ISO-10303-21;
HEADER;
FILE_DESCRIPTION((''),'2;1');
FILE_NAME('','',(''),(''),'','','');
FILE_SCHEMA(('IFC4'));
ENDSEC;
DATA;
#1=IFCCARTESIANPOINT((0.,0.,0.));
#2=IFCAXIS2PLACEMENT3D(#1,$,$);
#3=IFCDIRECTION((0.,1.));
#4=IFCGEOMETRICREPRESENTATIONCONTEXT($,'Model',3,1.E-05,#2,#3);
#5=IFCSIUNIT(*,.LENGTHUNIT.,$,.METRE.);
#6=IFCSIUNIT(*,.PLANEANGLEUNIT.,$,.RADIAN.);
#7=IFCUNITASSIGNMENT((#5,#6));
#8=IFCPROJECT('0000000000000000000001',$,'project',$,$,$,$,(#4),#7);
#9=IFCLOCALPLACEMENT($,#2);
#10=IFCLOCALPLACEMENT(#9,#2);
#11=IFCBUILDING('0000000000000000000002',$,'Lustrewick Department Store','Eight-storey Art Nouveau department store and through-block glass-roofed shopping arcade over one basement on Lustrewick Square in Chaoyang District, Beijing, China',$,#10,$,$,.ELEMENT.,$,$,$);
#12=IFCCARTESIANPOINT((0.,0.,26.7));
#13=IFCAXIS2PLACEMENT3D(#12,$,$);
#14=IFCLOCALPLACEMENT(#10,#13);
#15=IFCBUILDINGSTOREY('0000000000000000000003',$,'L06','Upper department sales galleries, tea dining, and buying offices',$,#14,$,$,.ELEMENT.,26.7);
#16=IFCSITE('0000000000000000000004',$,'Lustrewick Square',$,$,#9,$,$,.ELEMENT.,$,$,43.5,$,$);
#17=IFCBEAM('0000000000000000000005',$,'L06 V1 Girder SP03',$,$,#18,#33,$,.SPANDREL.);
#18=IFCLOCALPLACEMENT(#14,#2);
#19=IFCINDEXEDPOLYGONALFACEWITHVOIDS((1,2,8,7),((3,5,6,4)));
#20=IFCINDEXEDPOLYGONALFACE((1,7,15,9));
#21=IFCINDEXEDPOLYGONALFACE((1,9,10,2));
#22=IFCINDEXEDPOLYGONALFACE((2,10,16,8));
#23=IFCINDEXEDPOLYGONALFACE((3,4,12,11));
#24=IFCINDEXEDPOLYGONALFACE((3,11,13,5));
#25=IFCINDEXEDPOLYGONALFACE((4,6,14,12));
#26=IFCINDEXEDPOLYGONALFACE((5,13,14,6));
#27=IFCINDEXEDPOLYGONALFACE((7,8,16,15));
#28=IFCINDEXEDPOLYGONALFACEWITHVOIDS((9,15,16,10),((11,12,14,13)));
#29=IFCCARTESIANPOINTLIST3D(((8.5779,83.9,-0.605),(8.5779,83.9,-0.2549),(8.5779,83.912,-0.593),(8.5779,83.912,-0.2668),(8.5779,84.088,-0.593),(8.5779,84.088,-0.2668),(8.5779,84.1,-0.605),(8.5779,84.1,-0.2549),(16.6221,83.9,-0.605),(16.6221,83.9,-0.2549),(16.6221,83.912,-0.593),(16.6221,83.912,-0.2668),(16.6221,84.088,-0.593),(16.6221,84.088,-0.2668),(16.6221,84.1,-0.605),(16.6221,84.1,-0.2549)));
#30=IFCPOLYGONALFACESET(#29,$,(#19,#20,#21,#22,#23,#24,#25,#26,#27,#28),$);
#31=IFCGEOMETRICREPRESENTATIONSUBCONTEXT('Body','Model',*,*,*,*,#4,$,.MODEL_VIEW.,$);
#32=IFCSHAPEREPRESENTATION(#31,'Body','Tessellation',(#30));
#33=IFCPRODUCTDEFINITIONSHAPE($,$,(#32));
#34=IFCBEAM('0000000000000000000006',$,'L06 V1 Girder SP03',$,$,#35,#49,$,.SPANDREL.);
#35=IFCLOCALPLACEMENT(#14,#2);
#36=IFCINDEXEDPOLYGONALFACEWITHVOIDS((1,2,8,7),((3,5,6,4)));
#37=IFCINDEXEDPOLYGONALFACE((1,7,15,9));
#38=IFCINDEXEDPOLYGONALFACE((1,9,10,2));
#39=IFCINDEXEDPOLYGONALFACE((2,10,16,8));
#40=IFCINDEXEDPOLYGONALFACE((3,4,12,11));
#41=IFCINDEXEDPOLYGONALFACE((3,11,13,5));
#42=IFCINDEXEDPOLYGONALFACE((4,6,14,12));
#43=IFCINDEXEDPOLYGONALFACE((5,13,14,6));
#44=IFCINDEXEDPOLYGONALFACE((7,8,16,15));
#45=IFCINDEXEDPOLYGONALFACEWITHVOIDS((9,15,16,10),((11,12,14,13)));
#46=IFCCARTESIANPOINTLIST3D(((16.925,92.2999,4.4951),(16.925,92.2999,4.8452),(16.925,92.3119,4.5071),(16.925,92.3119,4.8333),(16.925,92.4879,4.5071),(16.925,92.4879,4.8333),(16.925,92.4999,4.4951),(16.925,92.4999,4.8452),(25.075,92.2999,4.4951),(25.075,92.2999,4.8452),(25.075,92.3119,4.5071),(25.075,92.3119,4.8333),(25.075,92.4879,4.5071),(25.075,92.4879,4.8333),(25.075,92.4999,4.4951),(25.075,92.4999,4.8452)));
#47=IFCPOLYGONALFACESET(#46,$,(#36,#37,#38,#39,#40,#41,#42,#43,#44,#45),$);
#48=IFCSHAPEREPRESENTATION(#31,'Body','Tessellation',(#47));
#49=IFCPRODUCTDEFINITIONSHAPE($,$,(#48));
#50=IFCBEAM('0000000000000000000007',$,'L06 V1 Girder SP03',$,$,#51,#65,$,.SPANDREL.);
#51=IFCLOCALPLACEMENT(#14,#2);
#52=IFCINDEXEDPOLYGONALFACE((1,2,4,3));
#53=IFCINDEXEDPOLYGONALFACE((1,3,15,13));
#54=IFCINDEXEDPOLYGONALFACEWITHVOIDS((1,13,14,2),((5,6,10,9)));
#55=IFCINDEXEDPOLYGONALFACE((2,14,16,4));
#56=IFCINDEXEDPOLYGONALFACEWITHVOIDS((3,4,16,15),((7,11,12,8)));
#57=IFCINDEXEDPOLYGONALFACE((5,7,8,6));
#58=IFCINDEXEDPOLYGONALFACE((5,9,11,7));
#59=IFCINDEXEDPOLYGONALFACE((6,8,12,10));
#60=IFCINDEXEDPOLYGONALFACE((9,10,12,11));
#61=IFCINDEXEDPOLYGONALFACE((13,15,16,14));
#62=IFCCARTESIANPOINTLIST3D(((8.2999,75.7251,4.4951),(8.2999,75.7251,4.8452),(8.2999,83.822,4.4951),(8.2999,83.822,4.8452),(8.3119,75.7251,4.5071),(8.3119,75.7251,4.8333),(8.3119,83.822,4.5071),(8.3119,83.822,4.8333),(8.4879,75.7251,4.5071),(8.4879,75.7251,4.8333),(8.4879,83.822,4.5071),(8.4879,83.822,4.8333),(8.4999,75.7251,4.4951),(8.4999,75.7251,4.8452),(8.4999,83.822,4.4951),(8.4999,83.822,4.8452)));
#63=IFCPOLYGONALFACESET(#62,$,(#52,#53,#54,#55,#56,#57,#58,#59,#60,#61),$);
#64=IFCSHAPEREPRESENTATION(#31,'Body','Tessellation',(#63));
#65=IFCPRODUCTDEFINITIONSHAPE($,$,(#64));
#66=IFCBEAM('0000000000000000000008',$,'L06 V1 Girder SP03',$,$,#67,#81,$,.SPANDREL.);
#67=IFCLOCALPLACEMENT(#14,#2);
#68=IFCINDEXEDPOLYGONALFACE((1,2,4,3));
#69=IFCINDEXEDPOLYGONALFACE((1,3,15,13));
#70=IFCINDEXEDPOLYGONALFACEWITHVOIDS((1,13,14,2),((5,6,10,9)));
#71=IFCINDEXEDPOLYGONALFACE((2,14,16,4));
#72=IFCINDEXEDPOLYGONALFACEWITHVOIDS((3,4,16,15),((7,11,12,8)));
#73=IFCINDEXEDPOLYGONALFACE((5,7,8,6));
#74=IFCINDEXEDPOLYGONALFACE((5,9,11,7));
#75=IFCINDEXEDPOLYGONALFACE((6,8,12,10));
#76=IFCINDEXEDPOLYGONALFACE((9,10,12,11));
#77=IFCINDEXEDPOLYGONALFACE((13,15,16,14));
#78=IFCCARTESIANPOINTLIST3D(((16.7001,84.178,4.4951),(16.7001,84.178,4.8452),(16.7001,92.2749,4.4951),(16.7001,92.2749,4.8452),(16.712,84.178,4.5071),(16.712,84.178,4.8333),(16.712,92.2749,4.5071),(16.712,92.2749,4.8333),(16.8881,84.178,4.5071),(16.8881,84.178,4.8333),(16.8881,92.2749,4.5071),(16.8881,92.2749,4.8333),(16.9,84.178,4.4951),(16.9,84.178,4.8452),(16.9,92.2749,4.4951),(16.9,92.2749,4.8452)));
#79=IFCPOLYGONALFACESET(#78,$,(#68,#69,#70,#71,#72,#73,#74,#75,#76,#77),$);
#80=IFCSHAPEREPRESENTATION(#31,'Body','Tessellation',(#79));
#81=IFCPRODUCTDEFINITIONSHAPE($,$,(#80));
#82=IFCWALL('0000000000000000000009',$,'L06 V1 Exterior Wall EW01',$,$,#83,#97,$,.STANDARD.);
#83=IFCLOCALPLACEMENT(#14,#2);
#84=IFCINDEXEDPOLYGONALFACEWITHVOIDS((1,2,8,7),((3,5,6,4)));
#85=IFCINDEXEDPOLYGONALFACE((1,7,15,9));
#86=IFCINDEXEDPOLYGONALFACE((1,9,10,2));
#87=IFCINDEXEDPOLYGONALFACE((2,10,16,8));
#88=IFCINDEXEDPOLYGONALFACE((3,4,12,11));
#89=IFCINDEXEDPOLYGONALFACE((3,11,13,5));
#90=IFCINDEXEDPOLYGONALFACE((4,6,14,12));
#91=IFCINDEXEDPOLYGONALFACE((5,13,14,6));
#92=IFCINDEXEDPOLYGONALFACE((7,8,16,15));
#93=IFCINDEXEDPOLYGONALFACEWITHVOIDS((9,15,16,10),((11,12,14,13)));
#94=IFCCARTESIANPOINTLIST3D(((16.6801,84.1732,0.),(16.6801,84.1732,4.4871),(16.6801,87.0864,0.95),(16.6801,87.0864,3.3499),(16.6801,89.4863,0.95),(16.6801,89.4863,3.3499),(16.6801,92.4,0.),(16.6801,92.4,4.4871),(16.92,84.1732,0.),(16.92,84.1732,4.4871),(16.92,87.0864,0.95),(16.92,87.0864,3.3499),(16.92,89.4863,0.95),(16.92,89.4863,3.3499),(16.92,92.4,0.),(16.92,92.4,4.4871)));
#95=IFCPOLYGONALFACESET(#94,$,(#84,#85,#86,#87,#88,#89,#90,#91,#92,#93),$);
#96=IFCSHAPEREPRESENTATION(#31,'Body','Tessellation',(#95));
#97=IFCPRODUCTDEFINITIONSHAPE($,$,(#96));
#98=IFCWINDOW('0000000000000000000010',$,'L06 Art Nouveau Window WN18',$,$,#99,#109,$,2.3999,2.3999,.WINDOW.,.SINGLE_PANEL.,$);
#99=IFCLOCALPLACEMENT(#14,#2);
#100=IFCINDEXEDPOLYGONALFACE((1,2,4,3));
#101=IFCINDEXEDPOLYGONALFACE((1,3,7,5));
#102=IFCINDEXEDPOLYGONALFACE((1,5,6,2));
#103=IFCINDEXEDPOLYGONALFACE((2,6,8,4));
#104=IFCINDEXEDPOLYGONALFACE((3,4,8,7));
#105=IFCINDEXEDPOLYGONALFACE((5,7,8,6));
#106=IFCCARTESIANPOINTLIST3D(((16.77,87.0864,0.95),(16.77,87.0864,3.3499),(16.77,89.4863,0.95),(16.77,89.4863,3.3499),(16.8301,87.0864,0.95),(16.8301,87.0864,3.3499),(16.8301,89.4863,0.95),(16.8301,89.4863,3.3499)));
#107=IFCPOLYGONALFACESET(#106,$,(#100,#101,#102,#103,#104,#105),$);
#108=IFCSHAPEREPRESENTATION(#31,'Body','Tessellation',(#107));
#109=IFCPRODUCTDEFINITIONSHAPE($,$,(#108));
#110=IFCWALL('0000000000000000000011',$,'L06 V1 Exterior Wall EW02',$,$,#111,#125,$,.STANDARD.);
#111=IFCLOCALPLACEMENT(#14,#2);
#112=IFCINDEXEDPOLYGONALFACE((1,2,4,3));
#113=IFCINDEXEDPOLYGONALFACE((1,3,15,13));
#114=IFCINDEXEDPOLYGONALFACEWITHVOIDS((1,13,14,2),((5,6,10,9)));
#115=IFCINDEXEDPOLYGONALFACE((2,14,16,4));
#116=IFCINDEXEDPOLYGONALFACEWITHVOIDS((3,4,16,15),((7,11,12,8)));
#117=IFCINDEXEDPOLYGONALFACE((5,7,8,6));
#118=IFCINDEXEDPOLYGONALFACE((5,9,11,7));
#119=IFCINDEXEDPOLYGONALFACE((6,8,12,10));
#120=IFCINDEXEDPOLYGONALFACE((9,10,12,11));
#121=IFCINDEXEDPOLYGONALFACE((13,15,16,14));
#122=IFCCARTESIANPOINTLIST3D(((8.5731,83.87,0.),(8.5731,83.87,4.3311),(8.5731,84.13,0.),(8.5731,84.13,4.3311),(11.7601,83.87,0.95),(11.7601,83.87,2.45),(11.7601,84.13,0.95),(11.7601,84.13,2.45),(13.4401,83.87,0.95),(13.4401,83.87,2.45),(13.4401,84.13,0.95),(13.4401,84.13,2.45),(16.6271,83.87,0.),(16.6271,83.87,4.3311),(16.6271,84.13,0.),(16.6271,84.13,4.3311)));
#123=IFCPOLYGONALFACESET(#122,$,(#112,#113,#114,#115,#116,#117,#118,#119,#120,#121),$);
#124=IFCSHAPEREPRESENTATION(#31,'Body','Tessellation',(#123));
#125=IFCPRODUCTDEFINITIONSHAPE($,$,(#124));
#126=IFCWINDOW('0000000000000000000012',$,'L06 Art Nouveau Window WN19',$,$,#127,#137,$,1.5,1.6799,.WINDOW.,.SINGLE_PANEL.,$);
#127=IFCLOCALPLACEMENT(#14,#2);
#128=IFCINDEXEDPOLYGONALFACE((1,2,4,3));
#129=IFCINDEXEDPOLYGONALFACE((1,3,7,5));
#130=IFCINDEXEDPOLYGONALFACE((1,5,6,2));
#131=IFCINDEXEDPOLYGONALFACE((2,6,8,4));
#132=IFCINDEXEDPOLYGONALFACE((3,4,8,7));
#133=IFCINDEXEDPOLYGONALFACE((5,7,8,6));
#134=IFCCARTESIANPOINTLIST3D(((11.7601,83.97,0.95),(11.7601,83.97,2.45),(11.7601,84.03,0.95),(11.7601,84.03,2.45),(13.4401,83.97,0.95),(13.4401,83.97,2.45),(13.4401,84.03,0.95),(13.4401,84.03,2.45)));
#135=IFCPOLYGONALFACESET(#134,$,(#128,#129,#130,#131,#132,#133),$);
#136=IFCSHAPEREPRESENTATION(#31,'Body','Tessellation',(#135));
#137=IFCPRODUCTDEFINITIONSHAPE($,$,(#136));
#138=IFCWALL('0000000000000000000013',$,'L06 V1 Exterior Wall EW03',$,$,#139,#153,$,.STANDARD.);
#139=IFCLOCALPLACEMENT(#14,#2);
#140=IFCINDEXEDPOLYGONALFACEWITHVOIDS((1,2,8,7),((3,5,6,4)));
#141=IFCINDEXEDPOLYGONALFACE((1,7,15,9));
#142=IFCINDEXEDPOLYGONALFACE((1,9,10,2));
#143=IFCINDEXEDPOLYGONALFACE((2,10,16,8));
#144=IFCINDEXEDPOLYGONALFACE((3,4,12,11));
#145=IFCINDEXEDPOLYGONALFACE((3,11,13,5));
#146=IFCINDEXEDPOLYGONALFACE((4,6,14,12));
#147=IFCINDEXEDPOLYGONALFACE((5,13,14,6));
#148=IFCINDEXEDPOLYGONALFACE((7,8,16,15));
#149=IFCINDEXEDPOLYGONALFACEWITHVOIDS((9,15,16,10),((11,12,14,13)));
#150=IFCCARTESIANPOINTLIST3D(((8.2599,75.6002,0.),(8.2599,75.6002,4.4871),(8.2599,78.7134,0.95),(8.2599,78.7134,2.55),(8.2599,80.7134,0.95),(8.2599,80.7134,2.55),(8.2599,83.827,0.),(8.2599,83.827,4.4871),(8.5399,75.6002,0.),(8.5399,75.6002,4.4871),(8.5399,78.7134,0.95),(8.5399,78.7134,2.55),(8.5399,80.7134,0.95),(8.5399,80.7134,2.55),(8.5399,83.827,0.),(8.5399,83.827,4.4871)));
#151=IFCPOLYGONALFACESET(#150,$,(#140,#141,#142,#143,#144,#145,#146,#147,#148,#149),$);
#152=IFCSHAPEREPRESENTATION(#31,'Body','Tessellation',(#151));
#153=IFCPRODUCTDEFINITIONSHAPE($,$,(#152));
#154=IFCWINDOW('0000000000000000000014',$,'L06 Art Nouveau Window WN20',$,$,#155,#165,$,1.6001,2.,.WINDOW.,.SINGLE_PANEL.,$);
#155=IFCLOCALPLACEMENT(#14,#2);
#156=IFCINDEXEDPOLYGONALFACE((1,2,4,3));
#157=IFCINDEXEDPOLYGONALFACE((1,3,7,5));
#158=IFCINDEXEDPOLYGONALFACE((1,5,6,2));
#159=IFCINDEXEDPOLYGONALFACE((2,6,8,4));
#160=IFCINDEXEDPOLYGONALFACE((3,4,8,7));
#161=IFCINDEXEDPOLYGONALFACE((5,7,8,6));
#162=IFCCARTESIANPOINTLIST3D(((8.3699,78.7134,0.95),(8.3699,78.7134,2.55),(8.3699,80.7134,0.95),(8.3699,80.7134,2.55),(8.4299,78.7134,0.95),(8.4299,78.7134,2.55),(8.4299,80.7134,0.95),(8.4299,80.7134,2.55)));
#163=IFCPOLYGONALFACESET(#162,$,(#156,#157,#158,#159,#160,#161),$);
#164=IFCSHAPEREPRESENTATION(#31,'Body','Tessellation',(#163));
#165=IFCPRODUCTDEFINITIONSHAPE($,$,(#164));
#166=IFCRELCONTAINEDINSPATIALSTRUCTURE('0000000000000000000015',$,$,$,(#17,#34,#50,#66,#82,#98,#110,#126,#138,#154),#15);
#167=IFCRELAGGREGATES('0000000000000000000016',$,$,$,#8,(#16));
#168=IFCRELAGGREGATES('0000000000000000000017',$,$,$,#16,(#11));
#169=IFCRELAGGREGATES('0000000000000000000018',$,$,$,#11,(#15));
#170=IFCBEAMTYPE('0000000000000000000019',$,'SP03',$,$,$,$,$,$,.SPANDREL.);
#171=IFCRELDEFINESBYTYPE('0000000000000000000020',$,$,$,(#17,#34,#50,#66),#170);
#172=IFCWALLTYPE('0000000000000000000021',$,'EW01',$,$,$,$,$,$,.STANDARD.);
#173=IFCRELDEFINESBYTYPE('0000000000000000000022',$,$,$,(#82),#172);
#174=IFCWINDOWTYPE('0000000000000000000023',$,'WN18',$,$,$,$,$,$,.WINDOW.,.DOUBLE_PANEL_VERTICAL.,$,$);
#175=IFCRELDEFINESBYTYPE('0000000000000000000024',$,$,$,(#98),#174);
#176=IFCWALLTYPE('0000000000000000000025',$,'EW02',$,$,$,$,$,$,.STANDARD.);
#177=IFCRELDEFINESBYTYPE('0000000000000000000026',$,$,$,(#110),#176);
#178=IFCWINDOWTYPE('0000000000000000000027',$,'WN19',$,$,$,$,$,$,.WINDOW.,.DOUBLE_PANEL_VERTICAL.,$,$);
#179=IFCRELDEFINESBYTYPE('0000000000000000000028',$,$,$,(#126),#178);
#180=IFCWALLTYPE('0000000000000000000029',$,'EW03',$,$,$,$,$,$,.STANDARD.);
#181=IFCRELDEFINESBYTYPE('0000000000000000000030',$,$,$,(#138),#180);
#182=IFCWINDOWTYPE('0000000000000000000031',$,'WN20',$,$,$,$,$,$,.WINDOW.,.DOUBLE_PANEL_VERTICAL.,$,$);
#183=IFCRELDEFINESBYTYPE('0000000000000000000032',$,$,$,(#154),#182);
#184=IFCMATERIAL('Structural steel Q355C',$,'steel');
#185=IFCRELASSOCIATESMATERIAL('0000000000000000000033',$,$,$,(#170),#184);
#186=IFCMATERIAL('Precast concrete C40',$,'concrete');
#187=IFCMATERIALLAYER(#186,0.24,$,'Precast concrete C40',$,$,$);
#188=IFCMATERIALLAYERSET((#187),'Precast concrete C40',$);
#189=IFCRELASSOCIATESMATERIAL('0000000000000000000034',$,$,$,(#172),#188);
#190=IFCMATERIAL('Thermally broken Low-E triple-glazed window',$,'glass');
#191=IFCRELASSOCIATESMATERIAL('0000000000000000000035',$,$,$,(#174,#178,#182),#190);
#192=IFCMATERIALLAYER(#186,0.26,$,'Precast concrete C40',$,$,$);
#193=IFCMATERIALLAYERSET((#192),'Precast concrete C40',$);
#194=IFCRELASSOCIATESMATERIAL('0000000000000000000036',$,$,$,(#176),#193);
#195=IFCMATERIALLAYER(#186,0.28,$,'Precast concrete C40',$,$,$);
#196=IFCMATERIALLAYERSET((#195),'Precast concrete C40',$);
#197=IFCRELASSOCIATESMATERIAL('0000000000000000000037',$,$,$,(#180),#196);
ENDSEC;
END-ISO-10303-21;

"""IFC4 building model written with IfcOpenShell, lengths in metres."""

from ifc_helpers import new_model, si_unit, direction, frame, frame_2d, origin, origin_2d, place, context, subcontext, project, spatial, rectangle, hollow_rectangle, extrude, material, layer, layer_set, material_profile, profile_set, type_object, element, fill, save


model = new_model("IFC4")

# Units and contexts
model_context = context("Model", 3, precision=1e-05, world=origin(), true_north=direction((0.0, 1.0)))
body_context = subcontext(model_context, "Body", "Model", "MODEL_VIEW")
ifc_project = project(units=[si_unit("LENGTHUNIT", "METRE"), si_unit("PLANEANGLEUNIT", "RADIAN")], contexts=[model_context])

# Site, building, storey
site_placement = place(None, origin())
site = spatial("IfcSite", under=ifc_project, at=site_placement, Name="Lustrewick Square", CompositionType="ELEMENT", RefElevation=43.5)
building_placement = place(site_placement, origin())
building = spatial("IfcBuilding", under=site, at=building_placement, Name="Lustrewick Department Store", Description="Eight-storey Art Nouveau department store and through-block glass-roofed shopping arcade over one basement on Lustrewick Square in Chaoyang District, Beijing, China", CompositionType="ELEMENT")
storey_placement = place(building_placement, frame((0.0, 0.0, 26.7)))
storey = spatial("IfcBuildingStorey", under=building, at=storey_placement, Name="L06", Description="Upper department sales galleries, tea dining, and buying offices", CompositionType="ELEMENT", Elevation=26.7)

# Beams
ifc_material_1 = material(Name="Structural steel Q355C", Category="steel")
ifc_material_profile_1 = material_profile(ifc_material_1, hollow_rectangle(XDim=0.2, YDim=0.3501, WallThickness=0.012, at=origin_2d()), Name="RHS 350x200x12")
ifc_profile_set_1 = profile_set([ifc_material_profile_1], Name="Structural steel Q355C")
beam_type_1 = type_object("IfcBeamType", Name="SP03", PredefinedType="SPANDREL", material=ifc_profile_set_1)
beam_1_placement = place(storey_placement, frame((8.5779, 84.0, -0.4299), z_axis=(1.0, 0.0, 0.0), x_axis=(0.0, 1.0, 0.0)))
element("IfcBeam", 1, at=beam_1_placement, inside=storey, type_object=beam_type_1, Name="L06 V1 Girder SP03", PredefinedType="SPANDREL", context=body_context, shape_type="SweptSolid", body=[
    extrude(hollow_rectangle(XDim=0.2, YDim=0.3501, WallThickness=0.012, at=origin_2d()), origin(), (0.0, 0.0, 1.0), 8.0442),
])
beam_2_placement = place(storey_placement, frame((16.925, 92.3999, 4.6702), z_axis=(1.0, 0.0, 0.0), x_axis=(0.0, 1.0, 0.0)))
element("IfcBeam", 2, at=beam_2_placement, inside=storey, type_object=beam_type_1, Name="L06 V1 Girder SP03", PredefinedType="SPANDREL", context=body_context, shape_type="SweptSolid", body=[
    extrude(hollow_rectangle(XDim=0.2, YDim=0.3501, WallThickness=0.012, at=origin_2d()), origin(), (0.0, 0.0, 1.0), 8.1499),
])
for number, where, z_axis, x_axis, name in (
    (3, (8.3999, 75.7251, 4.6702), (0.0, 1.0, 0.0), (-1.0, 0.0, 0.0), "L06 V1 Girder SP03"),
    (4, (16.8, 84.178, 4.6702), (0.0, 1.0, 0.0), (-1.0, 0.0, 0.0), "L06 V1 Girder SP03"),
):
    element("IfcBeam", number, at=place(storey_placement, frame(where, z_axis=z_axis, x_axis=x_axis)), inside=storey, type_object=beam_type_1, Name=name, PredefinedType="SPANDREL", context=body_context, shape_type="SweptSolid", body=[
        extrude(hollow_rectangle(XDim=0.2, YDim=0.3501, WallThickness=0.012, at=origin_2d()), origin(), (0.0, 0.0, 1.0), 8.0969),
    ])

# Walls, openings, windows
ifc_material_2 = material(Name="Precast concrete C40", Category="concrete")
ifc_layer_1 = layer(ifc_material_2, 0.24, Name="Precast concrete C40")
ifc_layer_set_1 = layer_set([ifc_layer_1], Name="Precast concrete C40")
wall_type_1 = type_object("IfcWallType", Name="EW01", PredefinedType="STANDARD", material=ifc_layer_set_1)
wall_1_placement = place(storey_placement, frame((16.8, 92.3999, 0.0), z_axis=(0.0, 0.0, 1.0), x_axis=(0.0, -1.0, 0.0)))
wall_1 = element("IfcWall", 5, at=wall_1_placement, inside=storey, type_object=wall_type_1, Name="L06 V1 Exterior Wall EW01", PredefinedType="STANDARD", context=body_context, shape_type="SweptSolid", body=[
    extrude(rectangle(XDim=8.2268, YDim=0.24, at=frame_2d((4.1133, 0.0))), origin(), (0.0, 0.0, 1.0), 4.4871),
])
opening_1_placement = place(wall_1_placement, frame((2.9136, 0.0, 0.95)))
opening_1 = element("IfcOpeningElement", 6, at=opening_1_placement, cuts=wall_1, PredefinedType="OPENING", context=body_context, shape_type="SweptSolid", body=[
    extrude(rectangle(XDim=2.3999, YDim=2.3999, at=frame_2d((1.2, 1.2))), frame((0.0, 0.1299, 0.0), z_axis=(0.0, -1.0, 0.0), x_axis=(1.0, 0.0, 0.0)), (0.0, 0.0, 1.0), 0.26),
])
ifc_material_3 = material(Name="Thermally broken Low-E triple-glazed window", Category="glass")
window_type_1 = type_object("IfcWindowType", Name="WN18", PartitioningType="DOUBLE_PANEL_VERTICAL", PredefinedType="WINDOW", material=ifc_material_3)
window_1_placement = place(opening_1_placement, origin())
window_1 = element("IfcWindow", 7, at=window_1_placement, inside=storey, type_object=window_type_1, Name="L06 Art Nouveau Window WN18", OverallHeight=2.3999, OverallWidth=2.3999, PartitioningType="SINGLE_PANEL", PredefinedType="WINDOW", context=body_context, shape_type="SweptSolid", body=[
    extrude(rectangle(XDim=2.3999, YDim=2.3999, at=frame_2d((1.2, 1.2))), frame((0.0, 0.03, 0.0), z_axis=(0.0, -1.0, 0.0), x_axis=(1.0, 0.0, 0.0)), (0.0, 0.0, 1.0), 0.0601),
])
fill(opening_1, window_1)
ifc_layer_2 = layer(ifc_material_2, 0.26, Name="Precast concrete C40")
ifc_layer_set_2 = layer_set([ifc_layer_2], Name="Precast concrete C40")
wall_type_2 = type_object("IfcWallType", Name="EW02", PredefinedType="STANDARD", material=ifc_layer_set_2)
wall_2_placement = place(storey_placement, frame((16.627, 84.0, 0.0), z_axis=(0.0, 0.0, 1.0), x_axis=(-1.0, 0.0, 0.0)))
wall_2 = element("IfcWall", 8, at=wall_2_placement, inside=storey, type_object=wall_type_2, Name="L06 V1 Exterior Wall EW02", PredefinedType="STANDARD", context=body_context, shape_type="SweptSolid", body=[
    extrude(rectangle(XDim=8.054, YDim=0.26, at=frame_2d((4.0269, 0.0))), origin(), (0.0, 0.0, 1.0), 4.3311),
])
opening_2_placement = place(wall_2_placement, frame((3.187, 0.0, 0.95)))
opening_2 = element("IfcOpeningElement", 9, at=opening_2_placement, cuts=wall_2, PredefinedType="OPENING", context=body_context, shape_type="SweptSolid", body=[
    extrude(rectangle(XDim=1.6799, YDim=1.5, at=frame_2d((0.8398, 0.75))), frame((0.0, 0.1401, 0.0), z_axis=(0.0, -1.0, 0.0), x_axis=(1.0, 0.0, 0.0)), (0.0, 0.0, 1.0), 0.28),
])
window_type_2 = type_object("IfcWindowType", Name="WN19", PartitioningType="DOUBLE_PANEL_VERTICAL", PredefinedType="WINDOW", material=ifc_material_3)
window_2_placement = place(opening_2_placement, origin())
window_2 = element("IfcWindow", 10, at=window_2_placement, inside=storey, type_object=window_type_2, Name="L06 Art Nouveau Window WN19", OverallHeight=1.5, OverallWidth=1.6799, PartitioningType="SINGLE_PANEL", PredefinedType="WINDOW", context=body_context, shape_type="SweptSolid", body=[
    extrude(rectangle(XDim=1.6799, YDim=1.5, at=frame_2d((0.8398, 0.75))), frame((0.0, 0.03, 0.0), z_axis=(0.0, -1.0, 0.0), x_axis=(1.0, 0.0, 0.0)), (0.0, 0.0, 1.0), 0.0601),
])
fill(opening_2, window_2)
ifc_layer_3 = layer(ifc_material_2, 0.28, Name="Precast concrete C40")
ifc_layer_set_3 = layer_set([ifc_layer_3], Name="Precast concrete C40")
wall_type_3 = type_object("IfcWallType", Name="EW03", PredefinedType="STANDARD", material=ifc_layer_set_3)
wall_3_placement = place(storey_placement, frame((8.3999, 83.8269, 0.0), z_axis=(0.0, 0.0, 1.0), x_axis=(0.0, -1.0, 0.0)))
wall_3 = element("IfcWall", 11, at=wall_3_placement, inside=storey, type_object=wall_type_3, Name="L06 V1 Exterior Wall EW03", PredefinedType="STANDARD", context=body_context, shape_type="SweptSolid", body=[
    extrude(rectangle(XDim=8.2268, YDim=0.28, at=frame_2d((4.1133, 0.0))), origin(), (0.0, 0.0, 1.0), 4.4871),
])
opening_3_placement = place(wall_3_placement, frame((3.1135, 0.0, 0.95)))
opening_3 = element("IfcOpeningElement", 12, at=opening_3_placement, cuts=wall_3, PredefinedType="OPENING", context=body_context, shape_type="SweptSolid", body=[
    extrude(rectangle(XDim=2.0, YDim=1.6001, at=frame_2d((1.0, 0.8))), frame((0.0, 0.1499, 0.0), z_axis=(0.0, -1.0, 0.0), x_axis=(1.0, 0.0, 0.0)), (0.0, 0.0, 1.0), 0.3),
])
window_type_3 = type_object("IfcWindowType", Name="WN20", PartitioningType="DOUBLE_PANEL_VERTICAL", PredefinedType="WINDOW", material=ifc_material_3)
window_3_placement = place(opening_3_placement, origin())
window_3 = element("IfcWindow", 13, at=window_3_placement, inside=storey, type_object=window_type_3, Name="L06 Art Nouveau Window WN20", OverallHeight=1.6001, OverallWidth=2.0, PartitioningType="SINGLE_PANEL", PredefinedType="WINDOW", context=body_context, shape_type="SweptSolid", body=[
    extrude(rectangle(XDim=2.0, YDim=1.6001, at=frame_2d((1.0, 0.8))), frame((0.0, 0.03, 0.0), z_axis=(0.0, -1.0, 0.0), x_axis=(1.0, 0.0, 0.0)), (0.0, 0.0, 1.0), 0.0601),
])
fill(opening_3, window_3)

save(model, "model.ifc")
